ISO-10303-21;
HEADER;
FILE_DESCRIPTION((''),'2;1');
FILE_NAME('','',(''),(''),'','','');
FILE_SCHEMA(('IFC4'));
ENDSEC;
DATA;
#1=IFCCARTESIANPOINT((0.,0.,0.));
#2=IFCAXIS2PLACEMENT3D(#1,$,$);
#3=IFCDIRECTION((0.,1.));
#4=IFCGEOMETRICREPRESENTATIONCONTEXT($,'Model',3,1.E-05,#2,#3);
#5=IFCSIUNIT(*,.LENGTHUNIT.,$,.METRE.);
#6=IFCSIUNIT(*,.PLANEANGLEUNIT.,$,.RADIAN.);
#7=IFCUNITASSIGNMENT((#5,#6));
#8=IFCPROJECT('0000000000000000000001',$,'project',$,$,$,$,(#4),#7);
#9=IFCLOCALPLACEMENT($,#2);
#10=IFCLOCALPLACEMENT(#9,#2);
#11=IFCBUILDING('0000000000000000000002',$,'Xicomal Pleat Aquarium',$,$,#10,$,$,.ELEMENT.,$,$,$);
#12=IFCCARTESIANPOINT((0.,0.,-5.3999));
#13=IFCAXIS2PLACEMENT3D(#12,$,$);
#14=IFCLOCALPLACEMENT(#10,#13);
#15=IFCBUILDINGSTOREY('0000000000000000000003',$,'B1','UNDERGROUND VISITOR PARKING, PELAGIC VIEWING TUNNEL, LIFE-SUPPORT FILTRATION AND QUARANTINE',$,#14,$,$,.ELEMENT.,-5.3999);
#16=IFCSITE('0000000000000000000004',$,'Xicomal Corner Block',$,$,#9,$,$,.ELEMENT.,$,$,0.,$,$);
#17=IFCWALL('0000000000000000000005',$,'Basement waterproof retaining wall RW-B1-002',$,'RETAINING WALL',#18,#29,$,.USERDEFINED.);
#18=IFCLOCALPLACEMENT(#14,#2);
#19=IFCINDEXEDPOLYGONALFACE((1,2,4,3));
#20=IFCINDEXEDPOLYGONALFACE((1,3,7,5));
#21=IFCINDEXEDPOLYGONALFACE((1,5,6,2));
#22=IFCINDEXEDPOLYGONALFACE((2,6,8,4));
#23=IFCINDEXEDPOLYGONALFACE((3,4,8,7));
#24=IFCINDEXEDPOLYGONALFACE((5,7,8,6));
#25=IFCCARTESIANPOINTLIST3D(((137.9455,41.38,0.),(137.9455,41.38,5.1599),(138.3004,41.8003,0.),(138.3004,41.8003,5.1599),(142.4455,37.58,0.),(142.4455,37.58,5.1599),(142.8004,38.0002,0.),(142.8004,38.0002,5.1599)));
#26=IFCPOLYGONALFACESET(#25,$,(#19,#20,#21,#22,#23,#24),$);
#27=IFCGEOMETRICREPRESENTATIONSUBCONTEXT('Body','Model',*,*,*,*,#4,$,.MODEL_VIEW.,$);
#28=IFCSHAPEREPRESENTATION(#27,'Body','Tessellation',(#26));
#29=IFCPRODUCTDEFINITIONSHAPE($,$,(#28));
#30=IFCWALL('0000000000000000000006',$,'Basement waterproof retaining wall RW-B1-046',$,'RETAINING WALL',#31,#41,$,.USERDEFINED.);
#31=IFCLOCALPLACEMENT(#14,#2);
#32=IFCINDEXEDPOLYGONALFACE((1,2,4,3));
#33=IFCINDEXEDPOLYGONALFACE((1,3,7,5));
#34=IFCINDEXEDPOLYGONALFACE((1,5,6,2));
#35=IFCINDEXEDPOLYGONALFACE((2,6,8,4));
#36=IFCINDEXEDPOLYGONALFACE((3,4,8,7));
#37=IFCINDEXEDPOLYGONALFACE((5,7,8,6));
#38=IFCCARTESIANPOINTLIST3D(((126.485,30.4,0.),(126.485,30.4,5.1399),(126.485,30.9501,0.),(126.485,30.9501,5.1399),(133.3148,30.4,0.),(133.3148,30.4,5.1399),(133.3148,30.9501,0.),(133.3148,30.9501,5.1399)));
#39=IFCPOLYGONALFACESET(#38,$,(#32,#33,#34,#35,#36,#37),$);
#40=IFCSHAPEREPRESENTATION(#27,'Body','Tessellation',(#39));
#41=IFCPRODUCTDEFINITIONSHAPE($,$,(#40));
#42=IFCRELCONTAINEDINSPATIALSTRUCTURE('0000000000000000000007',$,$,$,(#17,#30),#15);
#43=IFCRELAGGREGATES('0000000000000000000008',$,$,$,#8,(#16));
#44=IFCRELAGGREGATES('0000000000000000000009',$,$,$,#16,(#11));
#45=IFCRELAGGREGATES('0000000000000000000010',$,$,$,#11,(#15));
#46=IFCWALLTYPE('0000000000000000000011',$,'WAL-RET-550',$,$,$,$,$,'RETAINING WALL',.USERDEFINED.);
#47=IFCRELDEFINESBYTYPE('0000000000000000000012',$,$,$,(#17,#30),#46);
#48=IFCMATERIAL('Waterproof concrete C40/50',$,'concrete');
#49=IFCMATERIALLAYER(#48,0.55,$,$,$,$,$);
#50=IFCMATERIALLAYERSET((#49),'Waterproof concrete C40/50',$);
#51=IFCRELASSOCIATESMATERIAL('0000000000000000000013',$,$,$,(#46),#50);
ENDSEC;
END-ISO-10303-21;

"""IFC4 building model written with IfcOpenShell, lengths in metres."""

from ifc_helpers import new_model, si_unit, direction, frame, frame_2d, origin, place, context, subcontext, project, spatial, rectangle, extrude, material, layer, layer_set, type_object, element, save


model = new_model("IFC4")

# Units and contexts
model_context = context("Model", 3, precision=1e-05, world=origin(), true_north=direction((0.0, 1.0)))
body_context = subcontext(model_context, "Body", "Model", "MODEL_VIEW")
ifc_project = project(units=[si_unit("LENGTHUNIT", "METRE"), si_unit("PLANEANGLEUNIT", "RADIAN")], contexts=[model_context])

# Site, building, storey
site_placement = place(None, origin())
site = spatial("IfcSite", under=ifc_project, at=site_placement, Name="Xicomal Corner Block", CompositionType="ELEMENT", RefElevation=0.0)
building_placement = place(site_placement, origin())
building = spatial("IfcBuilding", under=site, at=building_placement, Name="Xicomal Pleat Aquarium", CompositionType="ELEMENT")
storey_placement = place(building_placement, frame((0.0, 0.0, -5.3999)))
storey = spatial("IfcBuildingStorey", under=building, at=storey_placement, Name="B1", Description="UNDERGROUND VISITOR PARKING, PELAGIC VIEWING TUNNEL, LIFE-SUPPORT FILTRATION AND QUARANTINE", CompositionType="ELEMENT", Elevation=-5.3999)

# Walls
ifc_material_1 = material(Name="Waterproof concrete C40/50", Category="concrete")
ifc_layer_1 = layer(ifc_material_1, 0.55)
ifc_layer_set_1 = layer_set([ifc_layer_1], Name="Waterproof concrete C40/50")
wall_type_1 = type_object("IfcWallType", Name="WAL-RET-550", ElementType="RETAINING WALL", PredefinedType="USERDEFINED", material=ifc_layer_set_1)
wall_1_placement = place(storey_placement, frame((138.123, 41.5901, 0.0), z_axis=(0.0, 0.0, 1.0), x_axis=(0.764026, -0.645186, 0.0)))
element("IfcWall", 1, at=wall_1_placement, inside=storey, type_object=wall_type_1, Name="Basement waterproof retaining wall RW-B1-002", ObjectType="RETAINING WALL", PredefinedType="USERDEFINED", context=body_context, shape_type="SweptSolid", body=[
    extrude(rectangle(XDim=5.8899, YDim=0.55, at=frame_2d((2.9448, 0.0))), origin(), (0.0, 0.0, 1.0), 5.1599),
])
wall_2_placement = place(storey_placement, frame((133.3149, 30.675, 0.0), z_axis=(0.0, 0.0, 1.0), x_axis=(-1.0, 0.0, 0.0)))
element("IfcWall", 2, at=wall_2_placement, inside=storey, type_object=wall_type_1, Name="Basement waterproof retaining wall RW-B1-046", ObjectType="RETAINING WALL", PredefinedType="USERDEFINED", context=body_context, shape_type="SweptSolid", body=[
    extrude(rectangle(XDim=6.8298, YDim=0.55, at=frame_2d((3.415, 0.0))), origin(), (0.0, 0.0, 1.0), 5.1399),
])

save(model, "model.ifc")
